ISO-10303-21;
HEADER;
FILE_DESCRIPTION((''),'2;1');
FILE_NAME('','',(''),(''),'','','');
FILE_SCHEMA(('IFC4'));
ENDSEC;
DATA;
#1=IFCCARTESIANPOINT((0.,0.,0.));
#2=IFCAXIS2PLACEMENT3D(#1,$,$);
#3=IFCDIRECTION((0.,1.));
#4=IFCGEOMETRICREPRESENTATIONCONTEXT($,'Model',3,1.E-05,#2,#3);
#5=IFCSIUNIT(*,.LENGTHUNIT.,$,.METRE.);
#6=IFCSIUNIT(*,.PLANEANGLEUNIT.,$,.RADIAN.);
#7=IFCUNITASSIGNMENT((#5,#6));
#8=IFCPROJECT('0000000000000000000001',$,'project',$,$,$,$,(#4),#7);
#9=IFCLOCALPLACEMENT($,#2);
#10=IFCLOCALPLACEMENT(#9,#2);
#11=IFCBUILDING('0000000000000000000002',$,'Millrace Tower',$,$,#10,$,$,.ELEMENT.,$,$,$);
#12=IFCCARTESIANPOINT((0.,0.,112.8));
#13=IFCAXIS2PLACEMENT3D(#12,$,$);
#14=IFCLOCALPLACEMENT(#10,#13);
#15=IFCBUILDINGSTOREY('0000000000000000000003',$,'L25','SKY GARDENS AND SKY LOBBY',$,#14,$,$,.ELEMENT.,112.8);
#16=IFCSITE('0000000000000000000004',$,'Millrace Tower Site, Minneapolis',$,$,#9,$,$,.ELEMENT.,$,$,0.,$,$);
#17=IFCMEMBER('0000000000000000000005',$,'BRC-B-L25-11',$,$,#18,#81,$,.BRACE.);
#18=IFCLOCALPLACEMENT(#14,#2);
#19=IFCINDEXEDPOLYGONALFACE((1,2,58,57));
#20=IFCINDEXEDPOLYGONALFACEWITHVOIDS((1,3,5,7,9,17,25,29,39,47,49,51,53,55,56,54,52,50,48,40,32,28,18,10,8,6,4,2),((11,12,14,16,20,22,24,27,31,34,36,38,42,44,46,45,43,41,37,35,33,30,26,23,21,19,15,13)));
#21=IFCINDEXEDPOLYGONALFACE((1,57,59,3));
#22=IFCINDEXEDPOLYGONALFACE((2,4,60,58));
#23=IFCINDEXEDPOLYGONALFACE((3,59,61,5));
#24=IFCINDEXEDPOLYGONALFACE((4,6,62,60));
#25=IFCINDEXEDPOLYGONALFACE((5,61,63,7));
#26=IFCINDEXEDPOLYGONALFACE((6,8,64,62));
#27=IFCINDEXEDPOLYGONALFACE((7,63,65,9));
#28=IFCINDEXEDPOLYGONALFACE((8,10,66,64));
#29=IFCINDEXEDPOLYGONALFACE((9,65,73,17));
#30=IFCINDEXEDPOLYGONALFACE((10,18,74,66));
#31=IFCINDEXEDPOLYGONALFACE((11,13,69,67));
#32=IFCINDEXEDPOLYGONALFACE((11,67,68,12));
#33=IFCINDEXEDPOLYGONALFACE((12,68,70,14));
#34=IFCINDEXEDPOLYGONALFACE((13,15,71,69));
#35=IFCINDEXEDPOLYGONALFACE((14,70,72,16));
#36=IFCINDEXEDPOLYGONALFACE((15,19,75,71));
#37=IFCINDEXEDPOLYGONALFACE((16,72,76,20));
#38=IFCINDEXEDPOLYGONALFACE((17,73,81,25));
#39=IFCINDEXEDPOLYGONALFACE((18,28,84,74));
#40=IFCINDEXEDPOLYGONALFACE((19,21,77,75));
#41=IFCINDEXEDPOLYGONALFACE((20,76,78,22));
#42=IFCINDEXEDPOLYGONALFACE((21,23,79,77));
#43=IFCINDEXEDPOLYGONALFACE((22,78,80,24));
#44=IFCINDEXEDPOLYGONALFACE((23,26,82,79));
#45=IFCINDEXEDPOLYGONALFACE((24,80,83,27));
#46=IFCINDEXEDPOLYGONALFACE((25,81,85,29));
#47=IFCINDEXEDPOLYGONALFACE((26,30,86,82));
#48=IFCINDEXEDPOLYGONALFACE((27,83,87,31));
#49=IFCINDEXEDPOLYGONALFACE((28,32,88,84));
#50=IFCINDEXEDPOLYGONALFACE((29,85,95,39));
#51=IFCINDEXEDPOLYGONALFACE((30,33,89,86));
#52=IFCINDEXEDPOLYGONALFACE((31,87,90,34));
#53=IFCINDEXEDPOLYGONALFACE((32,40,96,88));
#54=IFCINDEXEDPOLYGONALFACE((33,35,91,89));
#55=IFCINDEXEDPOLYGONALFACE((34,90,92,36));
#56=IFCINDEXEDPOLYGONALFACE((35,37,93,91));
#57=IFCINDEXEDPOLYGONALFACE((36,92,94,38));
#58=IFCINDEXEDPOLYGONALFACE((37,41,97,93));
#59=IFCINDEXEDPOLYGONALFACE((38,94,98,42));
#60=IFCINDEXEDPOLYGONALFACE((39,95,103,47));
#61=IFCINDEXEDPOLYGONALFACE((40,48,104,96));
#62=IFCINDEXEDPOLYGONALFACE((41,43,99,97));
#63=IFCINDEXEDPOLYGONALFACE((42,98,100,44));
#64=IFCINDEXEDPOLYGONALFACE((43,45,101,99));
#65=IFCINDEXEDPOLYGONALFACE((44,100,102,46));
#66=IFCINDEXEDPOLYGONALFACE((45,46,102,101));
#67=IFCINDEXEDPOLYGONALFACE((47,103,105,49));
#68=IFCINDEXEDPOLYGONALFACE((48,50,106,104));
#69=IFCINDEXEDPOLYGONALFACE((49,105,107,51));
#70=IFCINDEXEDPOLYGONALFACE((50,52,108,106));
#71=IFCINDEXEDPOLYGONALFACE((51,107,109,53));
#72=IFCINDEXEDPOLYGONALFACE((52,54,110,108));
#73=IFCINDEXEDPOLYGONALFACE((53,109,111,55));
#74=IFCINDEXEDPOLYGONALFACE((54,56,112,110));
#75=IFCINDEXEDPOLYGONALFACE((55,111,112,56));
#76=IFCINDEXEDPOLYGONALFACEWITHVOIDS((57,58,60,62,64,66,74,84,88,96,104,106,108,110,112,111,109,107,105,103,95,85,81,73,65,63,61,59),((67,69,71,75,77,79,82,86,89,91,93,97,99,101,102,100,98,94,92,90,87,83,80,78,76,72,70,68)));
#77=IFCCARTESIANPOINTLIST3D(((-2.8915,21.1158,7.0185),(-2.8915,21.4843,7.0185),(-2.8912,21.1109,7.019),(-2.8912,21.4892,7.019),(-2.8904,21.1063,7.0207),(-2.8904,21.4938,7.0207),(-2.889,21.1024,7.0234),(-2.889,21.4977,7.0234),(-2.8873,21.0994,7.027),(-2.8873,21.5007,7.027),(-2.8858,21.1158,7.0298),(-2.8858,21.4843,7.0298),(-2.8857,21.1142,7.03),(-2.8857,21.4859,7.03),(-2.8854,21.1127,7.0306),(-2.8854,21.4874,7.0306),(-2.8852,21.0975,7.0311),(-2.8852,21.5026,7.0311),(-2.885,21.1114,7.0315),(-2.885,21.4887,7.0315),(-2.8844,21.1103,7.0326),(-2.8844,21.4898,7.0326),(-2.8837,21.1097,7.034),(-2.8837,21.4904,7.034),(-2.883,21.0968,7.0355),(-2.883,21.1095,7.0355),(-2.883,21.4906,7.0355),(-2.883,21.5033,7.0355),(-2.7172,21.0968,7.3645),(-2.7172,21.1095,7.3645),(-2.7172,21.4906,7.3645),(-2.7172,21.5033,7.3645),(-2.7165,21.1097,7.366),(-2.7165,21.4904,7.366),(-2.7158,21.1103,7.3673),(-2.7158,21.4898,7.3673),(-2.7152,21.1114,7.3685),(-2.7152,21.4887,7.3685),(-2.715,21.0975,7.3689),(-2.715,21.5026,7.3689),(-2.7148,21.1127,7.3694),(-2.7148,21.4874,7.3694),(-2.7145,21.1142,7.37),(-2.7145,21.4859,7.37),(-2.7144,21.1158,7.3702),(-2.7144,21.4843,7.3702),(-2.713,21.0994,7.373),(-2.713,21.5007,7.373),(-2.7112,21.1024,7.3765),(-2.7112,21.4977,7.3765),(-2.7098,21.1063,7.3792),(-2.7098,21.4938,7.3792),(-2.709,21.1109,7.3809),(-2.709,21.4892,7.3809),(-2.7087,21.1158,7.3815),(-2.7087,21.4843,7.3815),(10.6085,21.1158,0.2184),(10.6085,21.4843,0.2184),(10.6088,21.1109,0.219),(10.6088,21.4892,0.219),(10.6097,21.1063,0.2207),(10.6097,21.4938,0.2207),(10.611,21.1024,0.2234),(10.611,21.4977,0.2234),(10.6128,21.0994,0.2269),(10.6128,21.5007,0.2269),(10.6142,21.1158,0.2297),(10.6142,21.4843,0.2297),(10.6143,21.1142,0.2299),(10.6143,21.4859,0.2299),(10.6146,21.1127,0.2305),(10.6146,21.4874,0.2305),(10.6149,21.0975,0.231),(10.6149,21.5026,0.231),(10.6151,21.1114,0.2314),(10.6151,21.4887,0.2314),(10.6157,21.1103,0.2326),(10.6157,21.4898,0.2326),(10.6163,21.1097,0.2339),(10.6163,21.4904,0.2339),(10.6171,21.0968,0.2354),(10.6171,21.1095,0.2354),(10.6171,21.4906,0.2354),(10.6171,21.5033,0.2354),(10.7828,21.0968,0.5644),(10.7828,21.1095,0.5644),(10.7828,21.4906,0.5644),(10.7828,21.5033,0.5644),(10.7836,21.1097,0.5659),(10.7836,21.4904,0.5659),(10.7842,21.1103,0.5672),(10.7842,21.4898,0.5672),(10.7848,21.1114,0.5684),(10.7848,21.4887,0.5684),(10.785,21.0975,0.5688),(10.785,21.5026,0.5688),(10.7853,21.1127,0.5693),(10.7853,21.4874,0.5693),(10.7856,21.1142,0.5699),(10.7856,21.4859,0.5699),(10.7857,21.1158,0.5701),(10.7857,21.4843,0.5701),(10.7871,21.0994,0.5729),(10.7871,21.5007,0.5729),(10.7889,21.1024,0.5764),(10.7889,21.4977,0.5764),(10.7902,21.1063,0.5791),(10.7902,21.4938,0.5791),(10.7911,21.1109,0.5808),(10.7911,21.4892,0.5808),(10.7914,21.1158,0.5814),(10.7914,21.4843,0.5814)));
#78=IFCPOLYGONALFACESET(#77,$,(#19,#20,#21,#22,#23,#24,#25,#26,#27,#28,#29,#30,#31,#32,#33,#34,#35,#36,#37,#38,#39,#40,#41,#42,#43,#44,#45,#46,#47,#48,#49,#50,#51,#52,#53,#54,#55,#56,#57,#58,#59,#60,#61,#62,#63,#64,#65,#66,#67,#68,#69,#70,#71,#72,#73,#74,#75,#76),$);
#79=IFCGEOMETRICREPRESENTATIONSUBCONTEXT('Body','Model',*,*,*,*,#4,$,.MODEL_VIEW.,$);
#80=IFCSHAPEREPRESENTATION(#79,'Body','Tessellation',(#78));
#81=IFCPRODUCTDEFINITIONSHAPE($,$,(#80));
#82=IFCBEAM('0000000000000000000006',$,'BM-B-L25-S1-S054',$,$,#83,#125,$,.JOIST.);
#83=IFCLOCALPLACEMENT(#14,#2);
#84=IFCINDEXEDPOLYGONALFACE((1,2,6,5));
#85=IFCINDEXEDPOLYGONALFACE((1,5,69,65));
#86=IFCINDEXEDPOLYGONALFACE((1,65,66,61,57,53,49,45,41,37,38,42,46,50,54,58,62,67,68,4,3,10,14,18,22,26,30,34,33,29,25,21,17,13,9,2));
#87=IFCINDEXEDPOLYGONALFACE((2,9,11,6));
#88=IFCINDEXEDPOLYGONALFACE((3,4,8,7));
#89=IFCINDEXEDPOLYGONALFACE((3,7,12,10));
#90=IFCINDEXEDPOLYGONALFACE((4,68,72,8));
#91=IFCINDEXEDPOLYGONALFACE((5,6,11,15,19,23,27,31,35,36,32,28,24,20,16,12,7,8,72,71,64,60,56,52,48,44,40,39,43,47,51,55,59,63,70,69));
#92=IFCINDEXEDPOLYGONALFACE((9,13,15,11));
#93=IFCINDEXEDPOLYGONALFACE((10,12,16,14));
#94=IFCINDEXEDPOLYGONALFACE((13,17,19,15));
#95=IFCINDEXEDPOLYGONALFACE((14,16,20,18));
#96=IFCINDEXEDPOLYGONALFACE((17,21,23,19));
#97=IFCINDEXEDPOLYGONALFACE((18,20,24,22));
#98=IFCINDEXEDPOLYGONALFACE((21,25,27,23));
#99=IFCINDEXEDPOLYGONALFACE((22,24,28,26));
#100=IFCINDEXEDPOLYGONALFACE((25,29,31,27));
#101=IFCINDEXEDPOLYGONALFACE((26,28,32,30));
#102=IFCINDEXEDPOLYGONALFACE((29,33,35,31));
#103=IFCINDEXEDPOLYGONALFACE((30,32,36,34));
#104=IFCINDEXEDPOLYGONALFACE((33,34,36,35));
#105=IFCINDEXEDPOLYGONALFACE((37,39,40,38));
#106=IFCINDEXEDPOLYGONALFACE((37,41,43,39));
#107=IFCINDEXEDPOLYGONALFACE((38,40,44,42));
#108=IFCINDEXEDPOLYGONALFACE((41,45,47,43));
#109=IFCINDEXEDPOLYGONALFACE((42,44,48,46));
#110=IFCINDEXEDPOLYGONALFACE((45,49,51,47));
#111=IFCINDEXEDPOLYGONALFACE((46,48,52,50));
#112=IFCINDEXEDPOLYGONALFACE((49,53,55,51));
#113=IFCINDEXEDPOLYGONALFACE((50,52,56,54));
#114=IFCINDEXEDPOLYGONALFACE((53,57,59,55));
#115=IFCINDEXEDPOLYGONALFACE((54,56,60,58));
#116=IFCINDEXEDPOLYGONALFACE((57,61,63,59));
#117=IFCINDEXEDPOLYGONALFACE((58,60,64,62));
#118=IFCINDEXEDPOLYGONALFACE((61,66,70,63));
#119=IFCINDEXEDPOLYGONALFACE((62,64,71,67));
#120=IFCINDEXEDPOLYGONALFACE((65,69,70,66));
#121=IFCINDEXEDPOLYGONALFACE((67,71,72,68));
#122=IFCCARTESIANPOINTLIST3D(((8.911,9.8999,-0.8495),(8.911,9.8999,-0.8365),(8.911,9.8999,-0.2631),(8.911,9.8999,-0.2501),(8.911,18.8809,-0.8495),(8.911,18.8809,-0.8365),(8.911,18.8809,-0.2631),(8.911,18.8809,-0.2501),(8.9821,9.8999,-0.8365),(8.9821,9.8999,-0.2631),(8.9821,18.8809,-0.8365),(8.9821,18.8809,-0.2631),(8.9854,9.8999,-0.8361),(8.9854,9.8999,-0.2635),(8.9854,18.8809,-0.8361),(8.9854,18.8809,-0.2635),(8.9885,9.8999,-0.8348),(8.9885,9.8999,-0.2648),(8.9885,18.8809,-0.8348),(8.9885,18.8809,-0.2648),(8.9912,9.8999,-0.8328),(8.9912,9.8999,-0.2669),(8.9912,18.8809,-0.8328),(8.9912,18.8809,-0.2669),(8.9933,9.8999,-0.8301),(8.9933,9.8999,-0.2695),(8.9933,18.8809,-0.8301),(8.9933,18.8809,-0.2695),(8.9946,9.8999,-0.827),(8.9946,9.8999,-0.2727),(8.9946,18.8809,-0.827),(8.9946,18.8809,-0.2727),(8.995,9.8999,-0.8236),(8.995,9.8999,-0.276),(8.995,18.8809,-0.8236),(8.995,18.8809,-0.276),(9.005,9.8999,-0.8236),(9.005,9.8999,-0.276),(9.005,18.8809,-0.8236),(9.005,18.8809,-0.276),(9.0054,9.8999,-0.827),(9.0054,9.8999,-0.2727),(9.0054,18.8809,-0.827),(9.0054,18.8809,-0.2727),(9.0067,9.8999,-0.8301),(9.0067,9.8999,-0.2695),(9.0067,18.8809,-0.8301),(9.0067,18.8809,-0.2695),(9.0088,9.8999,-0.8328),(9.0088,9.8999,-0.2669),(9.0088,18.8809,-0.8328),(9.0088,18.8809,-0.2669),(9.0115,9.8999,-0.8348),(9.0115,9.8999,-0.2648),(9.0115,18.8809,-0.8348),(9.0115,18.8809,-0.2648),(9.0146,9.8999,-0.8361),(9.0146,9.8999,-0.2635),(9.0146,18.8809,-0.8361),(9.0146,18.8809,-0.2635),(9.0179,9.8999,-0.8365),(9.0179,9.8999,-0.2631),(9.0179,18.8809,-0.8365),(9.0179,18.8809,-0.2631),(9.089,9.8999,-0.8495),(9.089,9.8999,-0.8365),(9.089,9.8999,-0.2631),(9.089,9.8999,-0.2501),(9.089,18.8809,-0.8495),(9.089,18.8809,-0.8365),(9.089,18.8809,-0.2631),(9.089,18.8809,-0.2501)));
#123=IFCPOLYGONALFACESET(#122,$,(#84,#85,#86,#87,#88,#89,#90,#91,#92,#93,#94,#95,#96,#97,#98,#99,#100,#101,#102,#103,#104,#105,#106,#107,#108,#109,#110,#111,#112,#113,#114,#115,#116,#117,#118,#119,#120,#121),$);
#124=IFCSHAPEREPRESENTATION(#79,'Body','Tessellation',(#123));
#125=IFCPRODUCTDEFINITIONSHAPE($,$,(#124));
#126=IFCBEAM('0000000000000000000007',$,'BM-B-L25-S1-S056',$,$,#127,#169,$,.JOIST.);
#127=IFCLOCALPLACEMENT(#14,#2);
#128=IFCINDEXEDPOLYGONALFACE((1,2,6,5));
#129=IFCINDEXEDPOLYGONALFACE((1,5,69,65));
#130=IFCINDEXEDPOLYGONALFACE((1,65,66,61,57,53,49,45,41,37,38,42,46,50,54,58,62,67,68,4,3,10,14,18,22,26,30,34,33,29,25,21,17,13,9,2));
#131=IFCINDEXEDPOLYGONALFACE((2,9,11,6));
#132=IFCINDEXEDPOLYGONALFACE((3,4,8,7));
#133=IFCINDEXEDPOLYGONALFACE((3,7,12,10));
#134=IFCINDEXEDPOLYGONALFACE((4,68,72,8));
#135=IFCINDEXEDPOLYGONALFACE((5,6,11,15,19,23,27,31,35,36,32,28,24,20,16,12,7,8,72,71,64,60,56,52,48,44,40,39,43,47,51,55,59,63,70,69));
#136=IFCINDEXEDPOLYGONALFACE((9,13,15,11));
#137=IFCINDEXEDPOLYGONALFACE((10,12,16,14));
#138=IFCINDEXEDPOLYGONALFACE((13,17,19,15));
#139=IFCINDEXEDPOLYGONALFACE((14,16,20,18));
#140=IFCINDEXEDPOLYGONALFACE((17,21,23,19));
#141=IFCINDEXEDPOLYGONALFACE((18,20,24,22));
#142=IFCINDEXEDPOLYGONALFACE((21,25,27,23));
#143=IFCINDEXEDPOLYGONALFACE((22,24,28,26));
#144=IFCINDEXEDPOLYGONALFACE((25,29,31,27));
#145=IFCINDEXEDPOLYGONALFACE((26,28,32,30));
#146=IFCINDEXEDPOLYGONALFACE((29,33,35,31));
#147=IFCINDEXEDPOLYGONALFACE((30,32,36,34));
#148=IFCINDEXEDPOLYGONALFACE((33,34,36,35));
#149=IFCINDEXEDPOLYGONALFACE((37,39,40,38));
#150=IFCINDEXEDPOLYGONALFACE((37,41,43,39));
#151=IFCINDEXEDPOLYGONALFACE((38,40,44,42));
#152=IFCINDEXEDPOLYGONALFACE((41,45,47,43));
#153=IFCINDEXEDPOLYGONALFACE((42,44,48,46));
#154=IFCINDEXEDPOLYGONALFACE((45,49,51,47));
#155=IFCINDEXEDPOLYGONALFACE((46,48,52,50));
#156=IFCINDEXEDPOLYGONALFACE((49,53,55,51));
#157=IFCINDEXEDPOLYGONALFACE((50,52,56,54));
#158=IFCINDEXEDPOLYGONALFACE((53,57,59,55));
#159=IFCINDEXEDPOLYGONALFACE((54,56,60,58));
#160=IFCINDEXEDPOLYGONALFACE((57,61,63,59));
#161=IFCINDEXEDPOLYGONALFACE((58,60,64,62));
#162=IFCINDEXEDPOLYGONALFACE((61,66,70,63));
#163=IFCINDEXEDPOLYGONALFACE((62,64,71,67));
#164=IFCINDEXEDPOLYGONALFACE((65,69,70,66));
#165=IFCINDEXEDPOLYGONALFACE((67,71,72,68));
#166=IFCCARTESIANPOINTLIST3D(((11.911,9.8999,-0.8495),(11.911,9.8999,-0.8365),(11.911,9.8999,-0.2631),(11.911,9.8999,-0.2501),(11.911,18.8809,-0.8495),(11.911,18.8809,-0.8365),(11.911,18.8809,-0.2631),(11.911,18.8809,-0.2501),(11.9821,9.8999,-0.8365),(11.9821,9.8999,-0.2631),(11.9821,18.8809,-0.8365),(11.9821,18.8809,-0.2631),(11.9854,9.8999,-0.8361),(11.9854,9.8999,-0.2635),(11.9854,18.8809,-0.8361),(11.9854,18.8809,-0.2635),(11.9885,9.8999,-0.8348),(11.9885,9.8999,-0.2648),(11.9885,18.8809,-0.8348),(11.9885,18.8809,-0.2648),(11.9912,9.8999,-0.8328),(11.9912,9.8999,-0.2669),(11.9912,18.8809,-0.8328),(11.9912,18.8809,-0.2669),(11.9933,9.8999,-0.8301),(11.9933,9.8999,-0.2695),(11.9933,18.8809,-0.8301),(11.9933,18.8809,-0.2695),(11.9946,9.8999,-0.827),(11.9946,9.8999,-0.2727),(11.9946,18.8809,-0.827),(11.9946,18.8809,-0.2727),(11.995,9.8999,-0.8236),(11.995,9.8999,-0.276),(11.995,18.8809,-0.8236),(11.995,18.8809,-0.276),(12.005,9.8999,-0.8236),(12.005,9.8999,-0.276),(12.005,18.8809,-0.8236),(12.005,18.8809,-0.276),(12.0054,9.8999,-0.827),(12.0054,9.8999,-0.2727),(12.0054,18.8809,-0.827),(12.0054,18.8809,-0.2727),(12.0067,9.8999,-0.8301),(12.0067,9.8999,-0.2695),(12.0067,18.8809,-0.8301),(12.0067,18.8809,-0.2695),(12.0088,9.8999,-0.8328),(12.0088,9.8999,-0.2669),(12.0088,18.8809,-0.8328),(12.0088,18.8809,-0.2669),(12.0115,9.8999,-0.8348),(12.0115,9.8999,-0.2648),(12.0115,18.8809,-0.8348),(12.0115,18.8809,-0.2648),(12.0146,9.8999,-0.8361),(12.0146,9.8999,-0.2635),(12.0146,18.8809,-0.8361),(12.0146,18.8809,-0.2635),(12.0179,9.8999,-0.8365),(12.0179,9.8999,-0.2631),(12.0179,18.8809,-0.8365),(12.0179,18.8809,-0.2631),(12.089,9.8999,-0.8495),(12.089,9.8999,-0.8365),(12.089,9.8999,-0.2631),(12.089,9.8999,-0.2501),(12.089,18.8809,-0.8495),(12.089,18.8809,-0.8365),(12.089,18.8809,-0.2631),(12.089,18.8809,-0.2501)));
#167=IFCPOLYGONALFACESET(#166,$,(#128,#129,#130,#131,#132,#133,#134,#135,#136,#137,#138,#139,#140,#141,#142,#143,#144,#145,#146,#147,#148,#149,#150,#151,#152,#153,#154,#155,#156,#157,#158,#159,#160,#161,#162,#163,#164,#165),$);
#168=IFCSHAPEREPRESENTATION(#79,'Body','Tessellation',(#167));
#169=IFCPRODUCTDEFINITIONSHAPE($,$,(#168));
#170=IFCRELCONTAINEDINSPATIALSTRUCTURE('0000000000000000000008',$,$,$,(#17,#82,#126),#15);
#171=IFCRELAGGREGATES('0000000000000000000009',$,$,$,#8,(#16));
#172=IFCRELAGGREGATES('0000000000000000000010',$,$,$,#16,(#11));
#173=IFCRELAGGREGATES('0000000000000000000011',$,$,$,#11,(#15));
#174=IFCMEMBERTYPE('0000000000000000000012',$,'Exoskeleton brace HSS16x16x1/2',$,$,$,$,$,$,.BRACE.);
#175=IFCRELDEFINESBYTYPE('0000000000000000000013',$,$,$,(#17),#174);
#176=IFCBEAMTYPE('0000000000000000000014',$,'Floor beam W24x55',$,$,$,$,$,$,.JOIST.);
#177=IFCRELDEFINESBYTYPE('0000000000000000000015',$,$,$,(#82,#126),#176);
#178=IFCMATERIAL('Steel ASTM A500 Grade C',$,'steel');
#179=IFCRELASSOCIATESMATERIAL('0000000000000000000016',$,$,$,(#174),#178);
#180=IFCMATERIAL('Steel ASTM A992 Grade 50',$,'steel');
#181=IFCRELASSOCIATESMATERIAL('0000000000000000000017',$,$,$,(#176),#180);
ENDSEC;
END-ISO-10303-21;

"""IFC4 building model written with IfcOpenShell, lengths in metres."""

from ifc_helpers import new_model, si_unit, direction, frame, origin, origin_2d, place, context, subcontext, project, spatial, hollow_rectangle, i_section, extrude, material, material_profile, profile_set, type_object, element, save


model = new_model("IFC4")

# Units and contexts
model_context = context("Model", 3, precision=1e-05, world=origin(), true_north=direction((0.0, 1.0)))
body_context = subcontext(model_context, "Body", "Model", "MODEL_VIEW")
ifc_project = project(units=[si_unit("LENGTHUNIT", "METRE"), si_unit("PLANEANGLEUNIT", "RADIAN")], contexts=[model_context])

# Site, building, storey
site_placement = place(None, origin())
site = spatial("IfcSite", under=ifc_project, at=site_placement, Name="Millrace Tower Site, Minneapolis", CompositionType="ELEMENT", RefElevation=0.0)
building_placement = place(site_placement, origin())
building = spatial("IfcBuilding", under=site, at=building_placement, Name="Millrace Tower", CompositionType="ELEMENT")
storey_placement = place(building_placement, frame((0.0, 0.0, 112.8)))
storey = spatial("IfcBuildingStorey", under=building, at=storey_placement, Name="L25", Description="SKY GARDENS AND SKY LOBBY", CompositionType="ELEMENT", Elevation=112.8)

# Member
ifc_material_1 = material(Name="Steel ASTM A500 Grade C", Category="steel")
ifc_material_profile_1 = material_profile(ifc_material_1, hollow_rectangle(XDim=0.4065, YDim=0.4065, WallThickness=0.0127, InnerFilletRadius=0.0063, OuterFilletRadius=0.019, at=origin_2d()))
ifc_profile_set_1 = profile_set([ifc_material_profile_1], Name="Steel ASTM A500 Grade C")
member_type_1 = type_object("IfcMemberType", Name="Exoskeleton brace HSS16x16x1/2", PredefinedType="BRACE", material=ifc_profile_set_1)
member_1_placement = place(storey_placement, frame((10.7, 21.3, 0.3999), z_axis=(-0.893099, 0.0, 0.44986), x_axis=(0.0, -1.0, 0.0)))
element("IfcMember", 1, at=member_1_placement, inside=storey, type_object=member_type_1, Name="BRC-B-L25-11", PredefinedType="BRACE", context=body_context, shape_type="SweptSolid", body=[
    extrude(hollow_rectangle(XDim=0.4065, YDim=0.4065, WallThickness=0.0127, InnerFilletRadius=0.0063, OuterFilletRadius=0.019, at=origin_2d()), origin(), (0.0, 0.0, 1.0), 15.116),
])

# Beams
ifc_material_2 = material(Name="Steel ASTM A992 Grade 50", Category="steel")
ifc_material_profile_2 = material_profile(ifc_material_2, i_section(OverallWidth=0.178, OverallDepth=0.5994, WebThickness=0.01, FlangeThickness=0.0129, FilletRadius=0.0129, at=origin_2d()))
ifc_profile_set_2 = profile_set([ifc_material_profile_2], Name="Steel ASTM A992 Grade 50")
beam_type_1 = type_object("IfcBeamType", Name="Floor beam W24x55", PredefinedType="JOIST", material=ifc_profile_set_2)
for number, where, z_axis, x_axis, name in (
    (2, (9.0, 9.8999, -0.5498), (0.0, 1.0, 0.0), (-1.0, 0.0, 0.0), "BM-B-L25-S1-S054"),
    (3, (12.0, 9.8999, -0.5498), (0.0, 1.0, 0.0), (-1.0, 0.0, 0.0), "BM-B-L25-S1-S056"),
):
    element("IfcBeam", number, at=place(storey_placement, frame(where, z_axis=z_axis, x_axis=x_axis)), inside=storey, type_object=beam_type_1, Name=name, PredefinedType="JOIST", context=body_context, shape_type="SweptSolid", body=[
        extrude(i_section(OverallWidth=0.178, OverallDepth=0.5994, WebThickness=0.01, FlangeThickness=0.0129, FilletRadius=0.0129, at=origin_2d()), origin(), (0.0, 0.0, 1.0), 8.981),
    ])

save(model, "model.ifc")
